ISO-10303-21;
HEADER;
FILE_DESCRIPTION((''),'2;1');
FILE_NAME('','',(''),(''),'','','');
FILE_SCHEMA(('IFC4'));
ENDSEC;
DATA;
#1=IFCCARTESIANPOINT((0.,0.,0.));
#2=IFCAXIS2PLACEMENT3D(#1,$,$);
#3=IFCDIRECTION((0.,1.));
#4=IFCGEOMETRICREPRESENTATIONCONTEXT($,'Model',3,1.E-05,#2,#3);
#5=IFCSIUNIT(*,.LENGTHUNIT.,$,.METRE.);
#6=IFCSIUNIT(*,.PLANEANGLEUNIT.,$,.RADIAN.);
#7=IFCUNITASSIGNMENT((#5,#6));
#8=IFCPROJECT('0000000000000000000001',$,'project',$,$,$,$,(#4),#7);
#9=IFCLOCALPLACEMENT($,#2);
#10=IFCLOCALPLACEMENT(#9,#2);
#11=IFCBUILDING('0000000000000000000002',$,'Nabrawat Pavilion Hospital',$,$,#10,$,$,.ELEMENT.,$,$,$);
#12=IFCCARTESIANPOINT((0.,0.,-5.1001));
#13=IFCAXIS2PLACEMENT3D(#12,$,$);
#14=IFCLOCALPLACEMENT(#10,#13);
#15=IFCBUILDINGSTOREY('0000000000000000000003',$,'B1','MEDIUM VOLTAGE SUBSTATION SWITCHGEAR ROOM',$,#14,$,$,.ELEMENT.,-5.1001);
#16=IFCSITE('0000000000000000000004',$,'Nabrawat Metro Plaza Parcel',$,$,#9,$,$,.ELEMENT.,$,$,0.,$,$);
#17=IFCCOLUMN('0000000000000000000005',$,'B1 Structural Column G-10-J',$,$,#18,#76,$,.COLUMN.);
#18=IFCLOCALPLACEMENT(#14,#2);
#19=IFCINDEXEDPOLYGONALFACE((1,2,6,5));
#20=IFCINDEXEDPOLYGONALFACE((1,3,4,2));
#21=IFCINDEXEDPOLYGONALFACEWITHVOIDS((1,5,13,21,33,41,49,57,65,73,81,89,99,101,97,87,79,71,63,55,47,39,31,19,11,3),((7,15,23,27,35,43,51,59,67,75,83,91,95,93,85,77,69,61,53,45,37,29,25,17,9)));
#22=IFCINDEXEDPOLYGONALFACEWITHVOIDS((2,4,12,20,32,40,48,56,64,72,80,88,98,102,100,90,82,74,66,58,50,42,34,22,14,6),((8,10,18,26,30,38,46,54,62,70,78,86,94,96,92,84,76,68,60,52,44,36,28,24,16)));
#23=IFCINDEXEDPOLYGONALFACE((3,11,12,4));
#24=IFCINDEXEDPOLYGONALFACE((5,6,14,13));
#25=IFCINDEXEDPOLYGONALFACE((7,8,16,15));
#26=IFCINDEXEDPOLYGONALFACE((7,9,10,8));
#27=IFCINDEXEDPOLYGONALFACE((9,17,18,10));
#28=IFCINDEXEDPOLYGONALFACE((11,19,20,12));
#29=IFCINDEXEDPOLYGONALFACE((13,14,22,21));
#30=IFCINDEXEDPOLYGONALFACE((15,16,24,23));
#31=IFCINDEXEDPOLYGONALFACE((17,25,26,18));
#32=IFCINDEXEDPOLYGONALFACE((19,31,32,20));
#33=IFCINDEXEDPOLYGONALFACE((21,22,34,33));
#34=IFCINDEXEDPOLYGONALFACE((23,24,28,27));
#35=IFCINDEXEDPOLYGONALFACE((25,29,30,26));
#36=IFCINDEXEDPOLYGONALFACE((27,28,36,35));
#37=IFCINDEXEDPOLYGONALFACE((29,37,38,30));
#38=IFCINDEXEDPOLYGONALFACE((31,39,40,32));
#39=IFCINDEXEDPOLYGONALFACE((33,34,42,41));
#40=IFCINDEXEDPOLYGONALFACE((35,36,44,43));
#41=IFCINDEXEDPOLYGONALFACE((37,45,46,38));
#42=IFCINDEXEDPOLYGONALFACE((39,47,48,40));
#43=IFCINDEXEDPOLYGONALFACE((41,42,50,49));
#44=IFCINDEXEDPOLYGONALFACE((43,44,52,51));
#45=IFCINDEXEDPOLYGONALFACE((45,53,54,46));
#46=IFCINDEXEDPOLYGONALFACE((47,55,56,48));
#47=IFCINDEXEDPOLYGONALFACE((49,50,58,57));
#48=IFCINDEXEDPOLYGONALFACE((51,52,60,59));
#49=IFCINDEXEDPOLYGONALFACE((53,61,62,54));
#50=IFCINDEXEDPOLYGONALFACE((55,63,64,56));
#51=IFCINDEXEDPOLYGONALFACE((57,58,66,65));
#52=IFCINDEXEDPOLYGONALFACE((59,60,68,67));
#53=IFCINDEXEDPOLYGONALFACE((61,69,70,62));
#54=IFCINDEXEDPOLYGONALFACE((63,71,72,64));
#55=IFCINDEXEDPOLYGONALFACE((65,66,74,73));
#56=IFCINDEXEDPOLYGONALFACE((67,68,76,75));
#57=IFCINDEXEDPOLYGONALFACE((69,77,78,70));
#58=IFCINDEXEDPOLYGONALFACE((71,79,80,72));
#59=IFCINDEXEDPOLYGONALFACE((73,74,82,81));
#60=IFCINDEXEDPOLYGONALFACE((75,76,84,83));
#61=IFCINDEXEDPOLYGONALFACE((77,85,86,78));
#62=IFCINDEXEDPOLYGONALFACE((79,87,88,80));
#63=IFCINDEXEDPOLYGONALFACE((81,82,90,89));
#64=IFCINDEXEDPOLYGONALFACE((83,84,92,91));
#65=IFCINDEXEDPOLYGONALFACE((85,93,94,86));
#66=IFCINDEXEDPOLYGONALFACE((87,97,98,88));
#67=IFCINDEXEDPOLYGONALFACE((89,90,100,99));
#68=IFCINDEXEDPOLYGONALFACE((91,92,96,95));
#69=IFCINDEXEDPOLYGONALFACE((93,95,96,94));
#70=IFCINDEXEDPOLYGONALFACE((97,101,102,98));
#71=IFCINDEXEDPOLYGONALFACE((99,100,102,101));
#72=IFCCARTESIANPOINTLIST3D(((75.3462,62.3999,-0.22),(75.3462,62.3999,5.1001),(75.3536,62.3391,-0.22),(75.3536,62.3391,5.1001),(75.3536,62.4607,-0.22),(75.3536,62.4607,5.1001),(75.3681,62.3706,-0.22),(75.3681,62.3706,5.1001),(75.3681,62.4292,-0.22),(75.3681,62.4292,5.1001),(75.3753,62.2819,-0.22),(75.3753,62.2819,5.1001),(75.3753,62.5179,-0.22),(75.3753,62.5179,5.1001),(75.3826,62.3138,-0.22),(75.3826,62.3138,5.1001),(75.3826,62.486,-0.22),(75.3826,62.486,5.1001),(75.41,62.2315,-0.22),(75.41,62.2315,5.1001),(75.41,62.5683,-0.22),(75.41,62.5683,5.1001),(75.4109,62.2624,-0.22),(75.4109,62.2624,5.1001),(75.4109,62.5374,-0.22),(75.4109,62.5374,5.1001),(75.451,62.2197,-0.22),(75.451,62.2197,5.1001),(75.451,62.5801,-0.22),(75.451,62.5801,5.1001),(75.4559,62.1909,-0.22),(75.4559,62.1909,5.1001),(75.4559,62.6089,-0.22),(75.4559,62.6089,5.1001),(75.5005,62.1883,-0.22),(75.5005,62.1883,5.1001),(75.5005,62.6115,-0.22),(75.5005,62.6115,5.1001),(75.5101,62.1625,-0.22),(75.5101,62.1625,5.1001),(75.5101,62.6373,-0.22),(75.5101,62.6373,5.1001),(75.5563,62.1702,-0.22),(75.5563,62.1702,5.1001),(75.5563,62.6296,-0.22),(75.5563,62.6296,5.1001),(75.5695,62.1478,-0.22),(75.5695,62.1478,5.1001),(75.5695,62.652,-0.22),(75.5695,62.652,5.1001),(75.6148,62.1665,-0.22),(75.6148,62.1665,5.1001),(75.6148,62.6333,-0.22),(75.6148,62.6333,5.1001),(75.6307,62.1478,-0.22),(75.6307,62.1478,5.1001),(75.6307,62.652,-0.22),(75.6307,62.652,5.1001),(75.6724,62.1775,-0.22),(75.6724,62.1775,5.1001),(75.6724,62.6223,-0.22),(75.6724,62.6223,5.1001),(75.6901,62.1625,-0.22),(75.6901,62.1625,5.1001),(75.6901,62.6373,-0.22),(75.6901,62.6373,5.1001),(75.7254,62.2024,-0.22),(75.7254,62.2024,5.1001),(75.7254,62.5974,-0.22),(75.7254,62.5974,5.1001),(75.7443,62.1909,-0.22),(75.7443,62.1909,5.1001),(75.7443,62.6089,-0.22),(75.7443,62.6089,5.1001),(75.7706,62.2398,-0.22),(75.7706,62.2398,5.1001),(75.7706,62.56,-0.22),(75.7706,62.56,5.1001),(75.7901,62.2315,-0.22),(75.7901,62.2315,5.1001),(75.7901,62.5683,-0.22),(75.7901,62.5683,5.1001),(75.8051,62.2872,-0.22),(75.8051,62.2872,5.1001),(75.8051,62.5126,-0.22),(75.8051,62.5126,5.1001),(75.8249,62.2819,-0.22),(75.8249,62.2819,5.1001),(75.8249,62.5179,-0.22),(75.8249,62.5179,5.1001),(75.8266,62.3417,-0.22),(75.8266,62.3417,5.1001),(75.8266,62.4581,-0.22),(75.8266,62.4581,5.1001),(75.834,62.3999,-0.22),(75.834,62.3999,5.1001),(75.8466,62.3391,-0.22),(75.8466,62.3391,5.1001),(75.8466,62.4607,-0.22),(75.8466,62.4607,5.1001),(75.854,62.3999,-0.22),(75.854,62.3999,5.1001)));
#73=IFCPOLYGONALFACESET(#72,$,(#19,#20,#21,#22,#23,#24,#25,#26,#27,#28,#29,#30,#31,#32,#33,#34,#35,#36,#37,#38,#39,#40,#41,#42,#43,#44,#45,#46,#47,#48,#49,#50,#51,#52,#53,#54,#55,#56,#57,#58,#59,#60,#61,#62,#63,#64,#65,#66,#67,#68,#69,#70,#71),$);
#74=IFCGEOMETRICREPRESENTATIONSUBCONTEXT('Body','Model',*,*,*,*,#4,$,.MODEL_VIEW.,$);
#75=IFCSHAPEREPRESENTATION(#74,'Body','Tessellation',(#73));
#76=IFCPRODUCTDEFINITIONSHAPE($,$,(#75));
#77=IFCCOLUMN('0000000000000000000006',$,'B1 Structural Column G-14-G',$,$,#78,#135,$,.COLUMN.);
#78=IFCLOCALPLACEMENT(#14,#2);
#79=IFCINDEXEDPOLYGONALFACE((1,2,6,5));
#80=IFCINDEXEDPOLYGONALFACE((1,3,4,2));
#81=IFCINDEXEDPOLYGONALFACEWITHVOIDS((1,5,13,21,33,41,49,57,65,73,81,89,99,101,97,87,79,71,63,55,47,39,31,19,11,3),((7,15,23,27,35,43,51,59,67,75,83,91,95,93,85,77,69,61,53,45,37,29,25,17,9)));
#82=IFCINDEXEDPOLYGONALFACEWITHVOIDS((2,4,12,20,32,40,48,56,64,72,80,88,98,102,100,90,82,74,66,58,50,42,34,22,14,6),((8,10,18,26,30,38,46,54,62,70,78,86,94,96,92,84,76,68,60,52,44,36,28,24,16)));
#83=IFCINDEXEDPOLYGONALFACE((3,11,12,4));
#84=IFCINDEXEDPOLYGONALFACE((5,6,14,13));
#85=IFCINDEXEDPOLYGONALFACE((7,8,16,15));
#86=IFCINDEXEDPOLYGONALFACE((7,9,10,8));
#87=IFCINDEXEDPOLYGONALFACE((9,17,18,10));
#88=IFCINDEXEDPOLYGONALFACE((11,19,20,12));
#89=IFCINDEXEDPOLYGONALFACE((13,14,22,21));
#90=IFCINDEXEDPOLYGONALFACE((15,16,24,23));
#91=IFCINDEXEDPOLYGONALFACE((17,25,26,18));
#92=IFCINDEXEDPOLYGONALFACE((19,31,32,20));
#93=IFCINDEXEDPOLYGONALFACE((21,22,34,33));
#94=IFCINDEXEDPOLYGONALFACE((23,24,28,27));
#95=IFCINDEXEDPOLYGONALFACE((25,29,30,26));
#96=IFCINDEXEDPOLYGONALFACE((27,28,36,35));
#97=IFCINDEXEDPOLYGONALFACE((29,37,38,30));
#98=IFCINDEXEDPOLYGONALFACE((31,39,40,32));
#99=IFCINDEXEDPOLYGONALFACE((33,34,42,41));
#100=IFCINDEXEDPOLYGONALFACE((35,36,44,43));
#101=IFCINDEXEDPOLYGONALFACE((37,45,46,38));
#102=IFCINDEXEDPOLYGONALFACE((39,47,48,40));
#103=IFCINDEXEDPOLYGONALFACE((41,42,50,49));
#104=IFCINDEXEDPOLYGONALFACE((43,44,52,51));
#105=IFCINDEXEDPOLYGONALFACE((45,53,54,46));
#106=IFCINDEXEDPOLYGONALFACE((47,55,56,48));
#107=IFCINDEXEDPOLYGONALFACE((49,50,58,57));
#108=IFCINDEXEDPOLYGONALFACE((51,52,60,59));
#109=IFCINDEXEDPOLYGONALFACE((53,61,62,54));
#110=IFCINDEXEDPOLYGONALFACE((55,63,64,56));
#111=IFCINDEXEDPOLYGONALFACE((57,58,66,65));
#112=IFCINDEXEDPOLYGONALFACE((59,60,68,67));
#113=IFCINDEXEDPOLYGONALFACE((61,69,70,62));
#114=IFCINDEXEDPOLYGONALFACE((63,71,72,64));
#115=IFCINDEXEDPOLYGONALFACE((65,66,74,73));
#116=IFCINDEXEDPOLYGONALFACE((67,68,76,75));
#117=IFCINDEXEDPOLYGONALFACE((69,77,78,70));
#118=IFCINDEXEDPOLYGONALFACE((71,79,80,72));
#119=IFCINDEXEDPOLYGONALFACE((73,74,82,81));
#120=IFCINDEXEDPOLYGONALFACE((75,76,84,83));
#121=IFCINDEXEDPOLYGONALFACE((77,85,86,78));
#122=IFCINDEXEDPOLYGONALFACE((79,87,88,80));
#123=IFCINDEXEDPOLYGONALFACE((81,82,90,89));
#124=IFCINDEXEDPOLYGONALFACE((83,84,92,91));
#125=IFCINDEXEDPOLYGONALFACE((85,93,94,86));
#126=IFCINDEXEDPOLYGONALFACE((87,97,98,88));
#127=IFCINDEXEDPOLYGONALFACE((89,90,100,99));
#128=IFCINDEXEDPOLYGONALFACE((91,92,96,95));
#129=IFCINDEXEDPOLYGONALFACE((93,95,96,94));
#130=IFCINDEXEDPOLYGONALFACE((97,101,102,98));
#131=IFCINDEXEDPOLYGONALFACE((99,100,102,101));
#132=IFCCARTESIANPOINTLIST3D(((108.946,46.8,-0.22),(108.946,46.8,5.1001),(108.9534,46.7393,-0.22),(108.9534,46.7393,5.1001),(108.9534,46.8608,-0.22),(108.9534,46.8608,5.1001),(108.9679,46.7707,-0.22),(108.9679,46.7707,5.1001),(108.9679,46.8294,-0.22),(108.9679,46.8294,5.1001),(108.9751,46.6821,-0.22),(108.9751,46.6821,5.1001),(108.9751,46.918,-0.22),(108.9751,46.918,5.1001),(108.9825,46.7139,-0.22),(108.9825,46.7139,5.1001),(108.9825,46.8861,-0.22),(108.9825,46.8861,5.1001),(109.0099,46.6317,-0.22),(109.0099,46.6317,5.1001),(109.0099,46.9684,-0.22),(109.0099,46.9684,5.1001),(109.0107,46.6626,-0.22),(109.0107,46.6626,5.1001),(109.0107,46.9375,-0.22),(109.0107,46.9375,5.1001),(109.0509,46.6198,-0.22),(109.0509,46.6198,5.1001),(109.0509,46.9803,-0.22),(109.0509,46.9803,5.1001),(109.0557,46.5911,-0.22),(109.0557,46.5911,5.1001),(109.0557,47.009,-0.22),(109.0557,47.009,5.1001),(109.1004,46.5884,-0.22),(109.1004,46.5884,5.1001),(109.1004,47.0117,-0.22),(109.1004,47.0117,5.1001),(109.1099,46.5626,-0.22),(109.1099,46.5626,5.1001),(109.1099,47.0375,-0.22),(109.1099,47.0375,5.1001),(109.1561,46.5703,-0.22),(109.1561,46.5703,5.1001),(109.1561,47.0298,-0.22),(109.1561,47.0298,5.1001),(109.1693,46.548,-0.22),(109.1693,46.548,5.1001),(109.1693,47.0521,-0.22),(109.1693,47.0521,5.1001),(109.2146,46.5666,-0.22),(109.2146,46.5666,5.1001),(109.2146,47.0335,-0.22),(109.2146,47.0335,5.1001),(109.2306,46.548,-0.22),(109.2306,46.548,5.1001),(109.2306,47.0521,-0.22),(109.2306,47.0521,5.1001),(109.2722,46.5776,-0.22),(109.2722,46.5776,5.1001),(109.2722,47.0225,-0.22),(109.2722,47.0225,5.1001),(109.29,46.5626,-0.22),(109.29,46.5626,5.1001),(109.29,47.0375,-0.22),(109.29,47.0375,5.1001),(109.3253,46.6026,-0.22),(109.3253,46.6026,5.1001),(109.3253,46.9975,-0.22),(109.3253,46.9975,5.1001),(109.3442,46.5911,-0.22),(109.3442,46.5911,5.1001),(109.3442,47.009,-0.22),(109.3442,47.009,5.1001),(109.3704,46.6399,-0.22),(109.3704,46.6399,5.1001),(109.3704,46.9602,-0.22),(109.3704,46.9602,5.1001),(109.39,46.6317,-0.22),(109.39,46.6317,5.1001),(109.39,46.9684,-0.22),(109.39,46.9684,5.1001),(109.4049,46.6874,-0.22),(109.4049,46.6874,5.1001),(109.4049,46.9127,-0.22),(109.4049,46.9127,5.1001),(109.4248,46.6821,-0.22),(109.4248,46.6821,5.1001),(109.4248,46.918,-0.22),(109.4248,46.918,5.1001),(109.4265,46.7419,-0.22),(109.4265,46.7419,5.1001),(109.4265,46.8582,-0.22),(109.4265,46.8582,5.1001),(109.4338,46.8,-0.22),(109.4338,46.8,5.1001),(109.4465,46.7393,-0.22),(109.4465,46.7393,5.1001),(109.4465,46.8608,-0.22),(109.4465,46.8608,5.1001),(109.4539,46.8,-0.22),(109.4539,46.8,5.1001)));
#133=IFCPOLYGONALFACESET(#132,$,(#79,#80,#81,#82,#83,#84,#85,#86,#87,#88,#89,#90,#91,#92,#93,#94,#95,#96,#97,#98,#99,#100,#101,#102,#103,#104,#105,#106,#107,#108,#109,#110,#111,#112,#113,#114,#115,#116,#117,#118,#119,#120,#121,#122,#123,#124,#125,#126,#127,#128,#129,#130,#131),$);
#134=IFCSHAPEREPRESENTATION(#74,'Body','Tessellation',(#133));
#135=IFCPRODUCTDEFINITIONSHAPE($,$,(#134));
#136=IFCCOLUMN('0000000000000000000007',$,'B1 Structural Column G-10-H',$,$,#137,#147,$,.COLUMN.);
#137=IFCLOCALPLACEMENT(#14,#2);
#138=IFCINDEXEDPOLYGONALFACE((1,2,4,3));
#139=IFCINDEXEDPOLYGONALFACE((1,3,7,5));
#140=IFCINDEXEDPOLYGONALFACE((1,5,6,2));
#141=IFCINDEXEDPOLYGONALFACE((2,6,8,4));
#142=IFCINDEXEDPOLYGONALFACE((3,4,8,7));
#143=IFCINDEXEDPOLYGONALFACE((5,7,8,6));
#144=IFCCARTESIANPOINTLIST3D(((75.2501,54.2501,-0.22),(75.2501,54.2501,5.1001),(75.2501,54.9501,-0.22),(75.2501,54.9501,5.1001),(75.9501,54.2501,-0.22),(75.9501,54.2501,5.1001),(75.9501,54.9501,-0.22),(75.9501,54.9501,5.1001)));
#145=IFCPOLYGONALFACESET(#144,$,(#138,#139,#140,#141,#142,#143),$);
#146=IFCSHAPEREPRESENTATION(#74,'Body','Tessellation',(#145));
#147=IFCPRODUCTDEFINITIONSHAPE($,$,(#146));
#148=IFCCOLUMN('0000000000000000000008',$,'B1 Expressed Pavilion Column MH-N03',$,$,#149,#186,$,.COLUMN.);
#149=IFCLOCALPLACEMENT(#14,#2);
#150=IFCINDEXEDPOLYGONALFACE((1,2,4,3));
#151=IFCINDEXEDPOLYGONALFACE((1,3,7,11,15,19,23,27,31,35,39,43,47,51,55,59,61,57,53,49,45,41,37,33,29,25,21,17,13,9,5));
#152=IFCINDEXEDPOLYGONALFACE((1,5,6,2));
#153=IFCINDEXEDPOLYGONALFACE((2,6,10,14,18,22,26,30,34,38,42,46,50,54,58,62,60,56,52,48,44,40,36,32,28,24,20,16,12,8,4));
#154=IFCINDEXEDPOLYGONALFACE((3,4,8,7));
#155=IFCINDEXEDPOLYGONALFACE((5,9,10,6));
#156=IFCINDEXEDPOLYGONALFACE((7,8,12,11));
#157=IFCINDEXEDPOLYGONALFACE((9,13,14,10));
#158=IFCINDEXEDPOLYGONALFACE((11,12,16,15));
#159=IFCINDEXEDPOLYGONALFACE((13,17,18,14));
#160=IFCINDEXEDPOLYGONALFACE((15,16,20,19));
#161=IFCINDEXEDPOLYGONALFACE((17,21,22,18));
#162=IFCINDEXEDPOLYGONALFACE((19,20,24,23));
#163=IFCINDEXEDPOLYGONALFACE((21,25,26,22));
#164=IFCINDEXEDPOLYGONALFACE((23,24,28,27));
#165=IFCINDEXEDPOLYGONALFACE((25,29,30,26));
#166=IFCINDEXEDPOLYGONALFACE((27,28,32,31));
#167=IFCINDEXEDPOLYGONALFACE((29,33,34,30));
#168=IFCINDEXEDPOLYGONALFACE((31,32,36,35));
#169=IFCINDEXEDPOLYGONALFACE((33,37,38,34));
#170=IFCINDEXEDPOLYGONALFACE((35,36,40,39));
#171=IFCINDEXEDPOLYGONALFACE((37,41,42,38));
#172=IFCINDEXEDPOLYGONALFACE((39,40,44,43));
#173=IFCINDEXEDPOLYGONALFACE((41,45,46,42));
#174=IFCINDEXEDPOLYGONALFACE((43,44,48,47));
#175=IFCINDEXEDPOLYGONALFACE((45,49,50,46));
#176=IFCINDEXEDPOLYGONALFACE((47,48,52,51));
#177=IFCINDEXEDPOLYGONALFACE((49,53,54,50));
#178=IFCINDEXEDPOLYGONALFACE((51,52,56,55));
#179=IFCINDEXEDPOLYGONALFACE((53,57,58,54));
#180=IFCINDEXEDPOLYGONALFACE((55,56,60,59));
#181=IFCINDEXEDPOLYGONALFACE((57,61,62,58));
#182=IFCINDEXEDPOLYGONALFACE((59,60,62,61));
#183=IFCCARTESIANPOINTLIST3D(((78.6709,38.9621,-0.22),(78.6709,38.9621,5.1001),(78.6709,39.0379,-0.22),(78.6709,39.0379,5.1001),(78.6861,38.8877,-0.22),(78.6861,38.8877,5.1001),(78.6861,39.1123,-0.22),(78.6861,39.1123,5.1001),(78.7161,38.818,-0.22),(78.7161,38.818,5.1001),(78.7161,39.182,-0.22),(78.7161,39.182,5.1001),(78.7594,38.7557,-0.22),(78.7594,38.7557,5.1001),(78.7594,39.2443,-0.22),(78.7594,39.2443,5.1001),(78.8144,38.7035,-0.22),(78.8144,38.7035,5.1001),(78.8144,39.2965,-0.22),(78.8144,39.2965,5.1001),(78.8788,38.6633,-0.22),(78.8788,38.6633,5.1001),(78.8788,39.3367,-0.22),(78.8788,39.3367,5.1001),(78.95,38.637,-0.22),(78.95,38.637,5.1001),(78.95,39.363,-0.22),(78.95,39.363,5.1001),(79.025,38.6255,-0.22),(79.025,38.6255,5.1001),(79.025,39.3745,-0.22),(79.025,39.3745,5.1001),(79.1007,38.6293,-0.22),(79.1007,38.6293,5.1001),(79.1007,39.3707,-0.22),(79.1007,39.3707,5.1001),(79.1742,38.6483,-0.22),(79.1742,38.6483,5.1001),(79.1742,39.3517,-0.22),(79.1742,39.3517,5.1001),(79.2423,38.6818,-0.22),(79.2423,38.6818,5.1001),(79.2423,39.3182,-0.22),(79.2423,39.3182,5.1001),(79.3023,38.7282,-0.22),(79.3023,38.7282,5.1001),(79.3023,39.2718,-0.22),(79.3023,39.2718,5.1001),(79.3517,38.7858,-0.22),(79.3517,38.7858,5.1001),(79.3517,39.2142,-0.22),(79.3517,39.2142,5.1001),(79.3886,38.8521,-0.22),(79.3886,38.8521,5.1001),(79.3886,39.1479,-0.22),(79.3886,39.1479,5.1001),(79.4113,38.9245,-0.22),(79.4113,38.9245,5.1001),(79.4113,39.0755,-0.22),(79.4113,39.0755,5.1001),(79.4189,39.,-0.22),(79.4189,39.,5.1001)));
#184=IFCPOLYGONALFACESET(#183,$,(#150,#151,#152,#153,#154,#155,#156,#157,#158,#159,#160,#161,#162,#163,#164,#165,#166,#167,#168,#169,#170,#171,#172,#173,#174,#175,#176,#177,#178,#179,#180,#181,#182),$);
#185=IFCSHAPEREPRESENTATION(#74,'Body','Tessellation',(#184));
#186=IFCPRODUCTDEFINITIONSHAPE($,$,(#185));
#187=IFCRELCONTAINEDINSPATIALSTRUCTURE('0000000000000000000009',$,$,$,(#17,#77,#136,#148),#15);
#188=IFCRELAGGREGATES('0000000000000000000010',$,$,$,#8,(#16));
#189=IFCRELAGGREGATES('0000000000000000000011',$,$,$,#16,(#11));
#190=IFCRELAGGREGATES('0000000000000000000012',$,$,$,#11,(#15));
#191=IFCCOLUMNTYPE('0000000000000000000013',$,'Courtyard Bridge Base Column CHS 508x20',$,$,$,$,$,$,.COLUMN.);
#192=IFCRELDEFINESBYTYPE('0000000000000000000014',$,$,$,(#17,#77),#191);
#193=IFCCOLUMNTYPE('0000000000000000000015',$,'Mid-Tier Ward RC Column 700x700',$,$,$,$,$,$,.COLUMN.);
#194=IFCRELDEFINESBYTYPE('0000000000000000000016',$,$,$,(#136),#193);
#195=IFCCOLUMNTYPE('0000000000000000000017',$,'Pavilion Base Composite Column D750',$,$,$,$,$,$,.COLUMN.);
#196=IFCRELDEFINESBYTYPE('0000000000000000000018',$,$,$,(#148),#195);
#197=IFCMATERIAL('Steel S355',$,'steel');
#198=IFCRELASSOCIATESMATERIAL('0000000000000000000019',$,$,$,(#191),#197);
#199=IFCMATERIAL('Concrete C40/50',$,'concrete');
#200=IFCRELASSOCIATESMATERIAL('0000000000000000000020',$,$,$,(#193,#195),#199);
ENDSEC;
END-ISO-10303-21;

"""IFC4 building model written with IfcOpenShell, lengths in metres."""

from ifc_helpers import new_model, si_unit, direction, frame, origin, origin_2d, place, context, subcontext, project, spatial, rectangle, circle, hollow_circle, extrude, material, material_profile, profile_set, type_object, element, save


model = new_model("IFC4")

# Units and contexts
model_context = context("Model", 3, precision=1e-05, world=origin(), true_north=direction((0.0, 1.0)))
body_context = subcontext(model_context, "Body", "Model", "MODEL_VIEW")
ifc_project = project(units=[si_unit("LENGTHUNIT", "METRE"), si_unit("PLANEANGLEUNIT", "RADIAN")], contexts=[model_context])

# Site, building, storey
site_placement = place(None, origin())
site = spatial("IfcSite", under=ifc_project, at=site_placement, Name="Nabrawat Metro Plaza Parcel", CompositionType="ELEMENT", RefElevation=0.0)
building_placement = place(site_placement, origin())
building = spatial("IfcBuilding", under=site, at=building_placement, Name="Nabrawat Pavilion Hospital", CompositionType="ELEMENT")
storey_placement = place(building_placement, frame((0.0, 0.0, -5.1001)))
storey = spatial("IfcBuildingStorey", under=building, at=storey_placement, Name="B1", Description="MEDIUM VOLTAGE SUBSTATION SWITCHGEAR ROOM", CompositionType="ELEMENT", Elevation=-5.1001)

# Columns
ifc_material_1 = material(Name="Steel S355", Category="steel")
ifc_material_profile_1 = material_profile(ifc_material_1, hollow_circle(Radius=0.2539, WallThickness=0.02, at=origin_2d()), Name="CHS 508x20")
ifc_profile_set_1 = profile_set([ifc_material_profile_1], Name="Steel S355")
column_type_1 = type_object("IfcColumnType", Name="Courtyard Bridge Base Column CHS 508x20", PredefinedType="COLUMN", material=ifc_profile_set_1)
for number, where, z_axis, x_axis, name in (
    (1, (75.6001, 62.3999, -0.22), (0.0, 0.0, 1.0), (1.0, 0.0, 0.0), "B1 Structural Column G-10-J"),
    (2, (109.2, 46.8, -0.22), (0.0, 0.0, 1.0), (1.0, 0.0, 0.0), "B1 Structural Column G-14-G"),
):
    element("IfcColumn", number, at=place(storey_placement, frame(where, z_axis=z_axis, x_axis=x_axis)), inside=storey, type_object=column_type_1, Name=name, PredefinedType="COLUMN", context=body_context, shape_type="SweptSolid", body=[
        extrude(hollow_circle(Radius=0.2539, WallThickness=0.02, at=origin_2d()), origin(), (0.0, 0.0, 1.0), 5.3201),
    ])
ifc_material_2 = material(Name="Concrete C40/50", Category="concrete")
ifc_material_profile_2 = material_profile(ifc_material_2, rectangle(XDim=0.7, YDim=0.7, at=origin_2d()), Name="RC 700x700")
ifc_profile_set_2 = profile_set([ifc_material_profile_2], Name="Concrete C40/50")
column_type_2 = type_object("IfcColumnType", Name="Mid-Tier Ward RC Column 700x700", PredefinedType="COLUMN", material=ifc_profile_set_2)
column_placement = place(storey_placement, frame((75.6001, 54.6001, -0.22), z_axis=(0.0, 0.0, 1.0), x_axis=(1.0, 0.0, 0.0)))
element("IfcColumn", 3, at=column_placement, inside=storey, type_object=column_type_2, Name="B1 Structural Column G-10-H", PredefinedType="COLUMN", context=body_context, shape_type="SweptSolid", body=[
    extrude(rectangle(XDim=0.7, YDim=0.7, at=origin_2d()), origin(), (0.0, 0.0, 1.0), 5.3201),
])
ifc_material_profile_3 = material_profile(ifc_material_2, circle(Radius=0.375, at=origin_2d()), Name="RC D750")
ifc_profile_set_3 = profile_set([ifc_material_profile_3], Name="Concrete C40/50")
column_type_3 = type_object("IfcColumnType", Name="Pavilion Base Composite Column D750", PredefinedType="COLUMN", material=ifc_profile_set_3)
for number, where, z_axis, x_axis, name in (
    (4, (79.0439, 39.0, -0.22), (0.0, 0.0, 1.0), (1.0, 0.0, 0.0), "B1 Expressed Pavilion Column MH-N03"),
):
    element("IfcColumn", number, at=place(storey_placement, frame(where, z_axis=z_axis, x_axis=x_axis)), inside=storey, type_object=column_type_3, Name=name, PredefinedType="COLUMN", context=body_context, shape_type="SweptSolid", body=[
        extrude(circle(Radius=0.375, at=origin_2d()), origin(), (0.0, 0.0, 1.0), 5.3201),
    ])

save(model, "model.ifc")
